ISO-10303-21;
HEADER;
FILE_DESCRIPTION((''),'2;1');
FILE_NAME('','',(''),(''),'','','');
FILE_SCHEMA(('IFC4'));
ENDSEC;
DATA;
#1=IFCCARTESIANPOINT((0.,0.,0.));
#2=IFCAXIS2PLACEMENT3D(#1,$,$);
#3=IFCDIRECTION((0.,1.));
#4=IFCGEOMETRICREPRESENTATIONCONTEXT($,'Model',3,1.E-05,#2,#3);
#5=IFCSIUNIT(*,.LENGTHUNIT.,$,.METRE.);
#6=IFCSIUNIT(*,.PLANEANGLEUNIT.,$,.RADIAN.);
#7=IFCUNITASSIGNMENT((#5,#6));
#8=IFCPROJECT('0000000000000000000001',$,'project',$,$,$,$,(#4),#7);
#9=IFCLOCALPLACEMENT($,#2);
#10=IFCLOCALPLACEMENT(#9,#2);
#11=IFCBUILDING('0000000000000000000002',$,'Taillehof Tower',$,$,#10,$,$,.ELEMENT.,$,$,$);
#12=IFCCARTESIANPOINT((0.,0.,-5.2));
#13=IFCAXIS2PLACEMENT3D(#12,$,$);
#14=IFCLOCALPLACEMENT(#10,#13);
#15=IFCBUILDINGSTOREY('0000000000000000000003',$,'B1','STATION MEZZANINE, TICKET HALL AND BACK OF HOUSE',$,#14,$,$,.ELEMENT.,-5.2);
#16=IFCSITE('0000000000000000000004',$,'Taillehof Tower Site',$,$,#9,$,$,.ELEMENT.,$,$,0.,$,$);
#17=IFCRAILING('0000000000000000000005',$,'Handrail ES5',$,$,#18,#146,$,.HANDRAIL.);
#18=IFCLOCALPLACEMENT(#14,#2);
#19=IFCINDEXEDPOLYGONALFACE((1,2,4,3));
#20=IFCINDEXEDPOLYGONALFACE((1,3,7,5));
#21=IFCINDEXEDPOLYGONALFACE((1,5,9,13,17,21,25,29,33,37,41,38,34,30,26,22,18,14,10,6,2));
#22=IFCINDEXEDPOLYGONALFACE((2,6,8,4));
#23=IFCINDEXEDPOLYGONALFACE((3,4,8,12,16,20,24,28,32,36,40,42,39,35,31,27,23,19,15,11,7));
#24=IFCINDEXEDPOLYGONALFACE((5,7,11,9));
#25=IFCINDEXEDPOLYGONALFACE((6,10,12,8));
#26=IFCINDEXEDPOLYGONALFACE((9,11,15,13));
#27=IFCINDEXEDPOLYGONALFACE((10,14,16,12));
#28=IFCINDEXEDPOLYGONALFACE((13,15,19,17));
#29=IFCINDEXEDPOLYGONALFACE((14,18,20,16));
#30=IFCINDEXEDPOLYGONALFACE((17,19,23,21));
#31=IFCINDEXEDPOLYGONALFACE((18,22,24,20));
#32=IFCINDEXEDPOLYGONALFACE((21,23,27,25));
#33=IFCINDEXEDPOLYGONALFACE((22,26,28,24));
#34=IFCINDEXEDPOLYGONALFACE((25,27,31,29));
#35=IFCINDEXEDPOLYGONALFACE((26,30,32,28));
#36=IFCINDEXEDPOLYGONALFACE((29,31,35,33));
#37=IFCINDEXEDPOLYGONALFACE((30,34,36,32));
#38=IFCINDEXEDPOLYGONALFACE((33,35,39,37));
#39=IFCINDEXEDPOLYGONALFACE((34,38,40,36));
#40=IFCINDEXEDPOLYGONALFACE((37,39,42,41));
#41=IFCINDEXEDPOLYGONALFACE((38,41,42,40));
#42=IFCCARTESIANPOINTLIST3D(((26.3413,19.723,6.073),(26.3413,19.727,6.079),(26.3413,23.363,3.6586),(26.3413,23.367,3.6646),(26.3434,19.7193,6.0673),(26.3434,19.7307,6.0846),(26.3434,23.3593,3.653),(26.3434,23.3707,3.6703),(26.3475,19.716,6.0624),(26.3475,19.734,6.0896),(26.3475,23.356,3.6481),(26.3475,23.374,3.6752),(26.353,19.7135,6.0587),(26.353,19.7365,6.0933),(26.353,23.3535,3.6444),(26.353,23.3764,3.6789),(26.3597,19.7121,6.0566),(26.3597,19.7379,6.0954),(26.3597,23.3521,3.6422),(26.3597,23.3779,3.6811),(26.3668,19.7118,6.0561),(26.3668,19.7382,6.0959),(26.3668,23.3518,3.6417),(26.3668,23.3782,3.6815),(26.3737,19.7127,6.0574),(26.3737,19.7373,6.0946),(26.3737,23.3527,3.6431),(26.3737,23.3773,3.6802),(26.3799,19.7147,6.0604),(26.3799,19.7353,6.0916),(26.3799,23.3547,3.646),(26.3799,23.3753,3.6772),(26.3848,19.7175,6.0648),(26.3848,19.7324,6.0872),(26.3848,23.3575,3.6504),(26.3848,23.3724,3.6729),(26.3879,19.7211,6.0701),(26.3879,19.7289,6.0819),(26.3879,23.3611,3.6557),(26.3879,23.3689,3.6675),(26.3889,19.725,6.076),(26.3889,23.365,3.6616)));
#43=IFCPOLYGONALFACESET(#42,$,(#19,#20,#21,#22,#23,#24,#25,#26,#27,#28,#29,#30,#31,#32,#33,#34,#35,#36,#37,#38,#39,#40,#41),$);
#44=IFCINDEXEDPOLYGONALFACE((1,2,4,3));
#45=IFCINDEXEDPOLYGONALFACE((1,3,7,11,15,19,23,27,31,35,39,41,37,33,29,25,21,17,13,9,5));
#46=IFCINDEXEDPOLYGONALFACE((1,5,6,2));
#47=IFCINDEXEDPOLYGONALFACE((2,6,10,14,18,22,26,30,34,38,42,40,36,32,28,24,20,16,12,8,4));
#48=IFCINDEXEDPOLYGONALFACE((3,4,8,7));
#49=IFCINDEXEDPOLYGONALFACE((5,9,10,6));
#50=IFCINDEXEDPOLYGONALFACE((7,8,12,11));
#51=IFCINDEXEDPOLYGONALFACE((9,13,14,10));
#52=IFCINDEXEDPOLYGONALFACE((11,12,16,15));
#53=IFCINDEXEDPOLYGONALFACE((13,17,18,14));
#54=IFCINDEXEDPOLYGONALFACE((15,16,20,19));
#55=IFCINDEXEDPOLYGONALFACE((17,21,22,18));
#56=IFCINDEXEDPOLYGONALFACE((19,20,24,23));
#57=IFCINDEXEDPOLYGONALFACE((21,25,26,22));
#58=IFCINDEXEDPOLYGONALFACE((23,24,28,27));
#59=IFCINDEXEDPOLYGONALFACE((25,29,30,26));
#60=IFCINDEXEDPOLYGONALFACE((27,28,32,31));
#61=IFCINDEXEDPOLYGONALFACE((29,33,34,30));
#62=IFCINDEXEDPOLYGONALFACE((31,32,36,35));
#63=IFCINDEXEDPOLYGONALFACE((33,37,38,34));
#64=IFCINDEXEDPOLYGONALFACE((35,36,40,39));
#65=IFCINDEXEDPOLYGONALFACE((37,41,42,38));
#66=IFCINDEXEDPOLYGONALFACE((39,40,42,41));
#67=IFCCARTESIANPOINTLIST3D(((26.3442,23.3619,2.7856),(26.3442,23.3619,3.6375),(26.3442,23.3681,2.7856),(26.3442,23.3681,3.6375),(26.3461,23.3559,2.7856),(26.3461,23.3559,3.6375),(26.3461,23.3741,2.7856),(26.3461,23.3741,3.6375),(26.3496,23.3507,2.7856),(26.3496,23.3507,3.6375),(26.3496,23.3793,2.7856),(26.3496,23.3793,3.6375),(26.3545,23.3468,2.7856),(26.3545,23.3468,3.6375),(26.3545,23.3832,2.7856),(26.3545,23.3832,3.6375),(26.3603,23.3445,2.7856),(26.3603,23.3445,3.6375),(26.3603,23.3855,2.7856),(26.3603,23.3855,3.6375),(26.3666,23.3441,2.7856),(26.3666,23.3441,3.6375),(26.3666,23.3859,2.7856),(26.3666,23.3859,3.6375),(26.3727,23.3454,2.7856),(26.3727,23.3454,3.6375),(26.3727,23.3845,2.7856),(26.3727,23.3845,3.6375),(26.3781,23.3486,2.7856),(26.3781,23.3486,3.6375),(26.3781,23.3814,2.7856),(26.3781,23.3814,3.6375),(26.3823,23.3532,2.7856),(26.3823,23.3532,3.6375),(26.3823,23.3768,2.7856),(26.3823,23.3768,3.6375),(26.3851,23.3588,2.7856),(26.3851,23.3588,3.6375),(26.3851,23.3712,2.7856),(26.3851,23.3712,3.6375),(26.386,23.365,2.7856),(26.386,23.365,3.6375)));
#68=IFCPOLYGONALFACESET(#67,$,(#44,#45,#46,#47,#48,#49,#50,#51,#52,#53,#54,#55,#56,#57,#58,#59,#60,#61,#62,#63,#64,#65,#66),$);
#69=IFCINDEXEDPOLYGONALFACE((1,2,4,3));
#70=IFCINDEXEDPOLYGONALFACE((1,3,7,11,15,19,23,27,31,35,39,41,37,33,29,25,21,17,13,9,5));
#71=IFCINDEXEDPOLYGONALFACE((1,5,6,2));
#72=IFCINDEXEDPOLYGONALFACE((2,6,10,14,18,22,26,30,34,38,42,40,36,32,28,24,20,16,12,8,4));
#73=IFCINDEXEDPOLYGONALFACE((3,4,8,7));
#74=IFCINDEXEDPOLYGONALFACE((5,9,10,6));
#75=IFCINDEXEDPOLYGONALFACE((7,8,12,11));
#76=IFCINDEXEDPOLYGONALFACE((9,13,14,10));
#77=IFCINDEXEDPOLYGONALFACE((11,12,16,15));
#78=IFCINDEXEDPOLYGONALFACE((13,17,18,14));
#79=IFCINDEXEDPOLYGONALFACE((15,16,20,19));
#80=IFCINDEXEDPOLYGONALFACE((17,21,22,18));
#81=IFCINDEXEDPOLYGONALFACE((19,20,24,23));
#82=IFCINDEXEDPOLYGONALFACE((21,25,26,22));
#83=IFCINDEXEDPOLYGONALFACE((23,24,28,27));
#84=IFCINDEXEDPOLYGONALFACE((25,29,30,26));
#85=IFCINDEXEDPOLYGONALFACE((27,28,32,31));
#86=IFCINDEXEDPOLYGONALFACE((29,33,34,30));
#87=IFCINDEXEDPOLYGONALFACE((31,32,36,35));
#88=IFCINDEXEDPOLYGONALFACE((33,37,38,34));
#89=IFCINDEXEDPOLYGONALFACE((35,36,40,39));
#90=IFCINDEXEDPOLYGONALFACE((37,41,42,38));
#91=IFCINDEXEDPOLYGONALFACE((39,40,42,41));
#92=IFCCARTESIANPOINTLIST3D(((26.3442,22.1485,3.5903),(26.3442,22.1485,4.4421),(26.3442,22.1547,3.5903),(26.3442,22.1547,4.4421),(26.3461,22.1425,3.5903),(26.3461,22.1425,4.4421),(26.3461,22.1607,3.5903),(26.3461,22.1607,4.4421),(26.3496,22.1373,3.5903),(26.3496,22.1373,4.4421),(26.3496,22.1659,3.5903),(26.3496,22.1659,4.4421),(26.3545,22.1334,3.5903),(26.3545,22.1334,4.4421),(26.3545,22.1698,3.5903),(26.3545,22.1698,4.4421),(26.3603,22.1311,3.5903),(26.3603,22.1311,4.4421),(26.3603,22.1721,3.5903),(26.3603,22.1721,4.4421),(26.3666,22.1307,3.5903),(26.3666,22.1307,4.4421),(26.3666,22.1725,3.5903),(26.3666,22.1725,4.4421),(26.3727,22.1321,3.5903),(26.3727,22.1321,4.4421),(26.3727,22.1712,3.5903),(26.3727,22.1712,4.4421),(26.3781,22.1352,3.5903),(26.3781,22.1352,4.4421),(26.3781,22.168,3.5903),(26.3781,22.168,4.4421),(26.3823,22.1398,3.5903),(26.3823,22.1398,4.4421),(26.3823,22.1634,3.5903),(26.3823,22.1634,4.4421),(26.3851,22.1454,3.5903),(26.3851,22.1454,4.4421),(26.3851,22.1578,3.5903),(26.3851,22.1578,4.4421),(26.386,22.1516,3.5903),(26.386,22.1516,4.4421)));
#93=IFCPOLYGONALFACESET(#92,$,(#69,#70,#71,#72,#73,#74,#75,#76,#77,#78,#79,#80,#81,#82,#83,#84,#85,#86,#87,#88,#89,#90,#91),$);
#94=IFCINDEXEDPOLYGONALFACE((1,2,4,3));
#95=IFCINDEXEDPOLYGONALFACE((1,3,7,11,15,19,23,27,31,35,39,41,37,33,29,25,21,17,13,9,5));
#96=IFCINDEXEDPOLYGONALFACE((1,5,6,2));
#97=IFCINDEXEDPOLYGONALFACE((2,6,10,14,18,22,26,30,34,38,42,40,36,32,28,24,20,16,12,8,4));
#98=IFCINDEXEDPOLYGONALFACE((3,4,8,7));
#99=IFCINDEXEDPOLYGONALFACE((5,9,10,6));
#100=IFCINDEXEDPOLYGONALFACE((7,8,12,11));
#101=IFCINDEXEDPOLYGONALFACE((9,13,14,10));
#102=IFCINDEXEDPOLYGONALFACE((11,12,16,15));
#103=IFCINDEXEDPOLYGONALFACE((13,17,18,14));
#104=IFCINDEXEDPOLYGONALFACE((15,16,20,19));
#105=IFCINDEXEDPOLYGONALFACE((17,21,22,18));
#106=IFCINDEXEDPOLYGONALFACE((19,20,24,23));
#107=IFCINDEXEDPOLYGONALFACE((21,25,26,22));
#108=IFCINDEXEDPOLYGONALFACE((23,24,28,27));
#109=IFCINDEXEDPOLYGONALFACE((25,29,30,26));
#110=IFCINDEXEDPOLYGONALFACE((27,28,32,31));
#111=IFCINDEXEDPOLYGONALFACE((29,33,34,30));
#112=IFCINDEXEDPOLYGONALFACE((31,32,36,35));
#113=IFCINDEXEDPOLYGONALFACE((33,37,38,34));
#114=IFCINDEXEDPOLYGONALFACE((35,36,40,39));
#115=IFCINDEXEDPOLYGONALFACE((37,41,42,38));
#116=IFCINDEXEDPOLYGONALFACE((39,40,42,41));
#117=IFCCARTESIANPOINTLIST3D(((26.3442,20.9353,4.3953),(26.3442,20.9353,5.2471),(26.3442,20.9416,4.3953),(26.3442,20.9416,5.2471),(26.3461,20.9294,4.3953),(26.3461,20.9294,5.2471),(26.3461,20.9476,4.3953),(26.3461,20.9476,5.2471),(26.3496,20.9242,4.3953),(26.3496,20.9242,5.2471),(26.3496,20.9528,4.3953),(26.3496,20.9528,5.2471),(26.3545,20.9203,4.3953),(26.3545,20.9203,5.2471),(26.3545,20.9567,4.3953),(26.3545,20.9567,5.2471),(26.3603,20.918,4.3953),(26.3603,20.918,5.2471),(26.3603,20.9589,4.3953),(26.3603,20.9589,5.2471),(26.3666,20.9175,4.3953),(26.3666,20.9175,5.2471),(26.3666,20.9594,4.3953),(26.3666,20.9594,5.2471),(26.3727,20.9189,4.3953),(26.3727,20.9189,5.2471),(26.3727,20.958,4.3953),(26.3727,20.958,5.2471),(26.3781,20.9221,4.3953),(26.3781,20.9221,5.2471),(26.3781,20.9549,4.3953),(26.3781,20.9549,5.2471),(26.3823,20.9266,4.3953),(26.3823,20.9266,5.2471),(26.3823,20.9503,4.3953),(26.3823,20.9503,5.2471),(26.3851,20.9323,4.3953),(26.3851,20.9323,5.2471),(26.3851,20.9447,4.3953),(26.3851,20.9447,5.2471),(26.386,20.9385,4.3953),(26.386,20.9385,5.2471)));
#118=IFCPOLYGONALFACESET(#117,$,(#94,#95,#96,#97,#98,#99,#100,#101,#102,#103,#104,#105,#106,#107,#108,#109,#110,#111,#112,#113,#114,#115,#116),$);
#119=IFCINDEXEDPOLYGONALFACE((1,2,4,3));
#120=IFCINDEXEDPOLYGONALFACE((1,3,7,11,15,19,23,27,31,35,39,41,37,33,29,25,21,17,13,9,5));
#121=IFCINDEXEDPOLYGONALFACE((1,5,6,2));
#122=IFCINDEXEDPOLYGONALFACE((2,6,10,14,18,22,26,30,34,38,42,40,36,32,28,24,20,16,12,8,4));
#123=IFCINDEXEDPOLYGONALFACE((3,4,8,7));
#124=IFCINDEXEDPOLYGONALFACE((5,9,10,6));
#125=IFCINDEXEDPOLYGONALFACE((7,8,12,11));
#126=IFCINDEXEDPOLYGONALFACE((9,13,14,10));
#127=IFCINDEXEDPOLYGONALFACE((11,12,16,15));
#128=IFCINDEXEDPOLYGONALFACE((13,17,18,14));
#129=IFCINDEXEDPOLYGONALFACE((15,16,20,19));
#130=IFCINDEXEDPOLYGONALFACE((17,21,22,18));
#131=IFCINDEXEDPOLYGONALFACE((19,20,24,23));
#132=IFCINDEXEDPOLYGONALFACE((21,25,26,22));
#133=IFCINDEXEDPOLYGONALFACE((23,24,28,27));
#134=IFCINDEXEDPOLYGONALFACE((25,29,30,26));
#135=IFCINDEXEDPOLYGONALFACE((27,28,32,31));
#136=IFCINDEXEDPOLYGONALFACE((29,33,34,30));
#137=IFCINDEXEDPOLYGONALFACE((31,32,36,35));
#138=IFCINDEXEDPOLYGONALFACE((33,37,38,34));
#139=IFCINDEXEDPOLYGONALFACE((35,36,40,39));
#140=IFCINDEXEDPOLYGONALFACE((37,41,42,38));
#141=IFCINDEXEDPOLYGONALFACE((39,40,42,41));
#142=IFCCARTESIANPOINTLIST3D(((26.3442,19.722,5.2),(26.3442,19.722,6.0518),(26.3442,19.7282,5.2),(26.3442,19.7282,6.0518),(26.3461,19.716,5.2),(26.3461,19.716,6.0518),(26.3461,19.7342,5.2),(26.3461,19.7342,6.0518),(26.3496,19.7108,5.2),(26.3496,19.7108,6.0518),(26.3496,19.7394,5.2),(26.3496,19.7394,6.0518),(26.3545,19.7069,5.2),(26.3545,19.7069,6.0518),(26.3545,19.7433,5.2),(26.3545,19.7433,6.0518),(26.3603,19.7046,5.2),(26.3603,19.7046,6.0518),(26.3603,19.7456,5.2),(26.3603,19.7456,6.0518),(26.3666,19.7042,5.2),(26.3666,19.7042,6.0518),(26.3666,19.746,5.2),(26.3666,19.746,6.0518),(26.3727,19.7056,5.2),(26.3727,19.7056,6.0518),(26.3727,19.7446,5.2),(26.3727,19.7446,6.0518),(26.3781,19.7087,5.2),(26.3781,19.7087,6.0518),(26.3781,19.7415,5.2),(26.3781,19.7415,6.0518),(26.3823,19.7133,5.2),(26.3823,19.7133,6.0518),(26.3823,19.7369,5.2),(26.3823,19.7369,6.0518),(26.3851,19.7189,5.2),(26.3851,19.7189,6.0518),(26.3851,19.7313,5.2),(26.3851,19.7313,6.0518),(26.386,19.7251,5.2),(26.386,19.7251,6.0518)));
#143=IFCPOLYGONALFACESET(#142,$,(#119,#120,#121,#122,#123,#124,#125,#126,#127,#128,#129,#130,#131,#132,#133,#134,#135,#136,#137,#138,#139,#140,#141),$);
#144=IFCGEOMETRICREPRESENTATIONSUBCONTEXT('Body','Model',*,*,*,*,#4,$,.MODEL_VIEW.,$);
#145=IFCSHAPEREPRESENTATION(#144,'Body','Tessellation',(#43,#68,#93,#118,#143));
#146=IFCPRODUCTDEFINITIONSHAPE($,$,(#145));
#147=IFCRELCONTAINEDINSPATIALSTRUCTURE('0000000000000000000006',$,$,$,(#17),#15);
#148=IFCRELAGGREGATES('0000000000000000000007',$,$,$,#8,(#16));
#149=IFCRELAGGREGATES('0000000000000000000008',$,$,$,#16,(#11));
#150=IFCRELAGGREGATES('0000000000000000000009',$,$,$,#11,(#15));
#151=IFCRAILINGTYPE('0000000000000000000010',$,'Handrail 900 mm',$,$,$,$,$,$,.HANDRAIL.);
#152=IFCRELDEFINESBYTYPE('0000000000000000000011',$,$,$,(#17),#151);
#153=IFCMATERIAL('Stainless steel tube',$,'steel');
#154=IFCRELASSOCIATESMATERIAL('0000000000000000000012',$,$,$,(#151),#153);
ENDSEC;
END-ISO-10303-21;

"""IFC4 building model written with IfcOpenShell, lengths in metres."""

from ifc_helpers import new_model, si_unit, direction, frame, origin, origin_2d, place, context, subcontext, project, spatial, circle, extrude, material, type_object, element, save


model = new_model("IFC4")

# Units and contexts
model_context = context("Model", 3, precision=1e-05, world=origin(), true_north=direction((0.0, 1.0)))
body_context = subcontext(model_context, "Body", "Model", "MODEL_VIEW")
ifc_project = project(units=[si_unit("LENGTHUNIT", "METRE"), si_unit("PLANEANGLEUNIT", "RADIAN")], contexts=[model_context])

# Site, building, storey
site_placement = place(None, origin())
site = spatial("IfcSite", under=ifc_project, at=site_placement, Name="Taillehof Tower Site", CompositionType="ELEMENT", RefElevation=0.0)
building_placement = place(site_placement, origin())
building = spatial("IfcBuilding", under=site, at=building_placement, Name="Taillehof Tower", CompositionType="ELEMENT")
storey_placement = place(building_placement, frame((0.0, 0.0, -5.2)))
storey = spatial("IfcBuildingStorey", under=building, at=storey_placement, Name="B1", Description="STATION MEZZANINE, TICKET HALL AND BACK OF HOUSE", CompositionType="ELEMENT", Elevation=-5.2)

# Railing
ifc_material_1 = material(Name="Stainless steel tube", Category="steel")
railing_type_1 = type_object("IfcRailingType", Name="Handrail 900 mm", PredefinedType="HANDRAIL", material=ifc_material_1)
for number, where, name in (
    (1, (26.365, 23.365, 2.7856), "Handrail ES5"),
):
    element("IfcRailing", number, at=place(storey_placement, frame(where)), inside=storey, type_object=railing_type_1, Name=name, PredefinedType="HANDRAIL", context=body_context, shape_type="SweptSolid", body=[
        extrude(circle(Radius=0.0239, at=origin_2d()), frame((0.0, 0.0, 0.876), z_axis=(0.0, -0.833347, 0.552751), x_axis=(1.0, 0.0, 0.0)), (0.0, 0.0, 1.0), 4.3679),
        extrude(circle(Radius=0.021, at=origin_2d()), origin(), (0.0, 0.0, 1.0), 0.8518),
        extrude(circle(Radius=0.021, at=origin_2d()), frame((0.0, -1.2134, 0.8047)), (0.0, 0.0, 1.0), 0.8518),
        extrude(circle(Radius=0.021, at=origin_2d()), frame((0.0, -2.4265, 1.6096)), (0.0, 0.0, 1.0), 0.8518),
        extrude(circle(Radius=0.021, at=origin_2d()), frame((0.0, -3.6399, 2.4143)), (0.0, 0.0, 1.0), 0.8518),
    ])

save(model, "model.ifc")
